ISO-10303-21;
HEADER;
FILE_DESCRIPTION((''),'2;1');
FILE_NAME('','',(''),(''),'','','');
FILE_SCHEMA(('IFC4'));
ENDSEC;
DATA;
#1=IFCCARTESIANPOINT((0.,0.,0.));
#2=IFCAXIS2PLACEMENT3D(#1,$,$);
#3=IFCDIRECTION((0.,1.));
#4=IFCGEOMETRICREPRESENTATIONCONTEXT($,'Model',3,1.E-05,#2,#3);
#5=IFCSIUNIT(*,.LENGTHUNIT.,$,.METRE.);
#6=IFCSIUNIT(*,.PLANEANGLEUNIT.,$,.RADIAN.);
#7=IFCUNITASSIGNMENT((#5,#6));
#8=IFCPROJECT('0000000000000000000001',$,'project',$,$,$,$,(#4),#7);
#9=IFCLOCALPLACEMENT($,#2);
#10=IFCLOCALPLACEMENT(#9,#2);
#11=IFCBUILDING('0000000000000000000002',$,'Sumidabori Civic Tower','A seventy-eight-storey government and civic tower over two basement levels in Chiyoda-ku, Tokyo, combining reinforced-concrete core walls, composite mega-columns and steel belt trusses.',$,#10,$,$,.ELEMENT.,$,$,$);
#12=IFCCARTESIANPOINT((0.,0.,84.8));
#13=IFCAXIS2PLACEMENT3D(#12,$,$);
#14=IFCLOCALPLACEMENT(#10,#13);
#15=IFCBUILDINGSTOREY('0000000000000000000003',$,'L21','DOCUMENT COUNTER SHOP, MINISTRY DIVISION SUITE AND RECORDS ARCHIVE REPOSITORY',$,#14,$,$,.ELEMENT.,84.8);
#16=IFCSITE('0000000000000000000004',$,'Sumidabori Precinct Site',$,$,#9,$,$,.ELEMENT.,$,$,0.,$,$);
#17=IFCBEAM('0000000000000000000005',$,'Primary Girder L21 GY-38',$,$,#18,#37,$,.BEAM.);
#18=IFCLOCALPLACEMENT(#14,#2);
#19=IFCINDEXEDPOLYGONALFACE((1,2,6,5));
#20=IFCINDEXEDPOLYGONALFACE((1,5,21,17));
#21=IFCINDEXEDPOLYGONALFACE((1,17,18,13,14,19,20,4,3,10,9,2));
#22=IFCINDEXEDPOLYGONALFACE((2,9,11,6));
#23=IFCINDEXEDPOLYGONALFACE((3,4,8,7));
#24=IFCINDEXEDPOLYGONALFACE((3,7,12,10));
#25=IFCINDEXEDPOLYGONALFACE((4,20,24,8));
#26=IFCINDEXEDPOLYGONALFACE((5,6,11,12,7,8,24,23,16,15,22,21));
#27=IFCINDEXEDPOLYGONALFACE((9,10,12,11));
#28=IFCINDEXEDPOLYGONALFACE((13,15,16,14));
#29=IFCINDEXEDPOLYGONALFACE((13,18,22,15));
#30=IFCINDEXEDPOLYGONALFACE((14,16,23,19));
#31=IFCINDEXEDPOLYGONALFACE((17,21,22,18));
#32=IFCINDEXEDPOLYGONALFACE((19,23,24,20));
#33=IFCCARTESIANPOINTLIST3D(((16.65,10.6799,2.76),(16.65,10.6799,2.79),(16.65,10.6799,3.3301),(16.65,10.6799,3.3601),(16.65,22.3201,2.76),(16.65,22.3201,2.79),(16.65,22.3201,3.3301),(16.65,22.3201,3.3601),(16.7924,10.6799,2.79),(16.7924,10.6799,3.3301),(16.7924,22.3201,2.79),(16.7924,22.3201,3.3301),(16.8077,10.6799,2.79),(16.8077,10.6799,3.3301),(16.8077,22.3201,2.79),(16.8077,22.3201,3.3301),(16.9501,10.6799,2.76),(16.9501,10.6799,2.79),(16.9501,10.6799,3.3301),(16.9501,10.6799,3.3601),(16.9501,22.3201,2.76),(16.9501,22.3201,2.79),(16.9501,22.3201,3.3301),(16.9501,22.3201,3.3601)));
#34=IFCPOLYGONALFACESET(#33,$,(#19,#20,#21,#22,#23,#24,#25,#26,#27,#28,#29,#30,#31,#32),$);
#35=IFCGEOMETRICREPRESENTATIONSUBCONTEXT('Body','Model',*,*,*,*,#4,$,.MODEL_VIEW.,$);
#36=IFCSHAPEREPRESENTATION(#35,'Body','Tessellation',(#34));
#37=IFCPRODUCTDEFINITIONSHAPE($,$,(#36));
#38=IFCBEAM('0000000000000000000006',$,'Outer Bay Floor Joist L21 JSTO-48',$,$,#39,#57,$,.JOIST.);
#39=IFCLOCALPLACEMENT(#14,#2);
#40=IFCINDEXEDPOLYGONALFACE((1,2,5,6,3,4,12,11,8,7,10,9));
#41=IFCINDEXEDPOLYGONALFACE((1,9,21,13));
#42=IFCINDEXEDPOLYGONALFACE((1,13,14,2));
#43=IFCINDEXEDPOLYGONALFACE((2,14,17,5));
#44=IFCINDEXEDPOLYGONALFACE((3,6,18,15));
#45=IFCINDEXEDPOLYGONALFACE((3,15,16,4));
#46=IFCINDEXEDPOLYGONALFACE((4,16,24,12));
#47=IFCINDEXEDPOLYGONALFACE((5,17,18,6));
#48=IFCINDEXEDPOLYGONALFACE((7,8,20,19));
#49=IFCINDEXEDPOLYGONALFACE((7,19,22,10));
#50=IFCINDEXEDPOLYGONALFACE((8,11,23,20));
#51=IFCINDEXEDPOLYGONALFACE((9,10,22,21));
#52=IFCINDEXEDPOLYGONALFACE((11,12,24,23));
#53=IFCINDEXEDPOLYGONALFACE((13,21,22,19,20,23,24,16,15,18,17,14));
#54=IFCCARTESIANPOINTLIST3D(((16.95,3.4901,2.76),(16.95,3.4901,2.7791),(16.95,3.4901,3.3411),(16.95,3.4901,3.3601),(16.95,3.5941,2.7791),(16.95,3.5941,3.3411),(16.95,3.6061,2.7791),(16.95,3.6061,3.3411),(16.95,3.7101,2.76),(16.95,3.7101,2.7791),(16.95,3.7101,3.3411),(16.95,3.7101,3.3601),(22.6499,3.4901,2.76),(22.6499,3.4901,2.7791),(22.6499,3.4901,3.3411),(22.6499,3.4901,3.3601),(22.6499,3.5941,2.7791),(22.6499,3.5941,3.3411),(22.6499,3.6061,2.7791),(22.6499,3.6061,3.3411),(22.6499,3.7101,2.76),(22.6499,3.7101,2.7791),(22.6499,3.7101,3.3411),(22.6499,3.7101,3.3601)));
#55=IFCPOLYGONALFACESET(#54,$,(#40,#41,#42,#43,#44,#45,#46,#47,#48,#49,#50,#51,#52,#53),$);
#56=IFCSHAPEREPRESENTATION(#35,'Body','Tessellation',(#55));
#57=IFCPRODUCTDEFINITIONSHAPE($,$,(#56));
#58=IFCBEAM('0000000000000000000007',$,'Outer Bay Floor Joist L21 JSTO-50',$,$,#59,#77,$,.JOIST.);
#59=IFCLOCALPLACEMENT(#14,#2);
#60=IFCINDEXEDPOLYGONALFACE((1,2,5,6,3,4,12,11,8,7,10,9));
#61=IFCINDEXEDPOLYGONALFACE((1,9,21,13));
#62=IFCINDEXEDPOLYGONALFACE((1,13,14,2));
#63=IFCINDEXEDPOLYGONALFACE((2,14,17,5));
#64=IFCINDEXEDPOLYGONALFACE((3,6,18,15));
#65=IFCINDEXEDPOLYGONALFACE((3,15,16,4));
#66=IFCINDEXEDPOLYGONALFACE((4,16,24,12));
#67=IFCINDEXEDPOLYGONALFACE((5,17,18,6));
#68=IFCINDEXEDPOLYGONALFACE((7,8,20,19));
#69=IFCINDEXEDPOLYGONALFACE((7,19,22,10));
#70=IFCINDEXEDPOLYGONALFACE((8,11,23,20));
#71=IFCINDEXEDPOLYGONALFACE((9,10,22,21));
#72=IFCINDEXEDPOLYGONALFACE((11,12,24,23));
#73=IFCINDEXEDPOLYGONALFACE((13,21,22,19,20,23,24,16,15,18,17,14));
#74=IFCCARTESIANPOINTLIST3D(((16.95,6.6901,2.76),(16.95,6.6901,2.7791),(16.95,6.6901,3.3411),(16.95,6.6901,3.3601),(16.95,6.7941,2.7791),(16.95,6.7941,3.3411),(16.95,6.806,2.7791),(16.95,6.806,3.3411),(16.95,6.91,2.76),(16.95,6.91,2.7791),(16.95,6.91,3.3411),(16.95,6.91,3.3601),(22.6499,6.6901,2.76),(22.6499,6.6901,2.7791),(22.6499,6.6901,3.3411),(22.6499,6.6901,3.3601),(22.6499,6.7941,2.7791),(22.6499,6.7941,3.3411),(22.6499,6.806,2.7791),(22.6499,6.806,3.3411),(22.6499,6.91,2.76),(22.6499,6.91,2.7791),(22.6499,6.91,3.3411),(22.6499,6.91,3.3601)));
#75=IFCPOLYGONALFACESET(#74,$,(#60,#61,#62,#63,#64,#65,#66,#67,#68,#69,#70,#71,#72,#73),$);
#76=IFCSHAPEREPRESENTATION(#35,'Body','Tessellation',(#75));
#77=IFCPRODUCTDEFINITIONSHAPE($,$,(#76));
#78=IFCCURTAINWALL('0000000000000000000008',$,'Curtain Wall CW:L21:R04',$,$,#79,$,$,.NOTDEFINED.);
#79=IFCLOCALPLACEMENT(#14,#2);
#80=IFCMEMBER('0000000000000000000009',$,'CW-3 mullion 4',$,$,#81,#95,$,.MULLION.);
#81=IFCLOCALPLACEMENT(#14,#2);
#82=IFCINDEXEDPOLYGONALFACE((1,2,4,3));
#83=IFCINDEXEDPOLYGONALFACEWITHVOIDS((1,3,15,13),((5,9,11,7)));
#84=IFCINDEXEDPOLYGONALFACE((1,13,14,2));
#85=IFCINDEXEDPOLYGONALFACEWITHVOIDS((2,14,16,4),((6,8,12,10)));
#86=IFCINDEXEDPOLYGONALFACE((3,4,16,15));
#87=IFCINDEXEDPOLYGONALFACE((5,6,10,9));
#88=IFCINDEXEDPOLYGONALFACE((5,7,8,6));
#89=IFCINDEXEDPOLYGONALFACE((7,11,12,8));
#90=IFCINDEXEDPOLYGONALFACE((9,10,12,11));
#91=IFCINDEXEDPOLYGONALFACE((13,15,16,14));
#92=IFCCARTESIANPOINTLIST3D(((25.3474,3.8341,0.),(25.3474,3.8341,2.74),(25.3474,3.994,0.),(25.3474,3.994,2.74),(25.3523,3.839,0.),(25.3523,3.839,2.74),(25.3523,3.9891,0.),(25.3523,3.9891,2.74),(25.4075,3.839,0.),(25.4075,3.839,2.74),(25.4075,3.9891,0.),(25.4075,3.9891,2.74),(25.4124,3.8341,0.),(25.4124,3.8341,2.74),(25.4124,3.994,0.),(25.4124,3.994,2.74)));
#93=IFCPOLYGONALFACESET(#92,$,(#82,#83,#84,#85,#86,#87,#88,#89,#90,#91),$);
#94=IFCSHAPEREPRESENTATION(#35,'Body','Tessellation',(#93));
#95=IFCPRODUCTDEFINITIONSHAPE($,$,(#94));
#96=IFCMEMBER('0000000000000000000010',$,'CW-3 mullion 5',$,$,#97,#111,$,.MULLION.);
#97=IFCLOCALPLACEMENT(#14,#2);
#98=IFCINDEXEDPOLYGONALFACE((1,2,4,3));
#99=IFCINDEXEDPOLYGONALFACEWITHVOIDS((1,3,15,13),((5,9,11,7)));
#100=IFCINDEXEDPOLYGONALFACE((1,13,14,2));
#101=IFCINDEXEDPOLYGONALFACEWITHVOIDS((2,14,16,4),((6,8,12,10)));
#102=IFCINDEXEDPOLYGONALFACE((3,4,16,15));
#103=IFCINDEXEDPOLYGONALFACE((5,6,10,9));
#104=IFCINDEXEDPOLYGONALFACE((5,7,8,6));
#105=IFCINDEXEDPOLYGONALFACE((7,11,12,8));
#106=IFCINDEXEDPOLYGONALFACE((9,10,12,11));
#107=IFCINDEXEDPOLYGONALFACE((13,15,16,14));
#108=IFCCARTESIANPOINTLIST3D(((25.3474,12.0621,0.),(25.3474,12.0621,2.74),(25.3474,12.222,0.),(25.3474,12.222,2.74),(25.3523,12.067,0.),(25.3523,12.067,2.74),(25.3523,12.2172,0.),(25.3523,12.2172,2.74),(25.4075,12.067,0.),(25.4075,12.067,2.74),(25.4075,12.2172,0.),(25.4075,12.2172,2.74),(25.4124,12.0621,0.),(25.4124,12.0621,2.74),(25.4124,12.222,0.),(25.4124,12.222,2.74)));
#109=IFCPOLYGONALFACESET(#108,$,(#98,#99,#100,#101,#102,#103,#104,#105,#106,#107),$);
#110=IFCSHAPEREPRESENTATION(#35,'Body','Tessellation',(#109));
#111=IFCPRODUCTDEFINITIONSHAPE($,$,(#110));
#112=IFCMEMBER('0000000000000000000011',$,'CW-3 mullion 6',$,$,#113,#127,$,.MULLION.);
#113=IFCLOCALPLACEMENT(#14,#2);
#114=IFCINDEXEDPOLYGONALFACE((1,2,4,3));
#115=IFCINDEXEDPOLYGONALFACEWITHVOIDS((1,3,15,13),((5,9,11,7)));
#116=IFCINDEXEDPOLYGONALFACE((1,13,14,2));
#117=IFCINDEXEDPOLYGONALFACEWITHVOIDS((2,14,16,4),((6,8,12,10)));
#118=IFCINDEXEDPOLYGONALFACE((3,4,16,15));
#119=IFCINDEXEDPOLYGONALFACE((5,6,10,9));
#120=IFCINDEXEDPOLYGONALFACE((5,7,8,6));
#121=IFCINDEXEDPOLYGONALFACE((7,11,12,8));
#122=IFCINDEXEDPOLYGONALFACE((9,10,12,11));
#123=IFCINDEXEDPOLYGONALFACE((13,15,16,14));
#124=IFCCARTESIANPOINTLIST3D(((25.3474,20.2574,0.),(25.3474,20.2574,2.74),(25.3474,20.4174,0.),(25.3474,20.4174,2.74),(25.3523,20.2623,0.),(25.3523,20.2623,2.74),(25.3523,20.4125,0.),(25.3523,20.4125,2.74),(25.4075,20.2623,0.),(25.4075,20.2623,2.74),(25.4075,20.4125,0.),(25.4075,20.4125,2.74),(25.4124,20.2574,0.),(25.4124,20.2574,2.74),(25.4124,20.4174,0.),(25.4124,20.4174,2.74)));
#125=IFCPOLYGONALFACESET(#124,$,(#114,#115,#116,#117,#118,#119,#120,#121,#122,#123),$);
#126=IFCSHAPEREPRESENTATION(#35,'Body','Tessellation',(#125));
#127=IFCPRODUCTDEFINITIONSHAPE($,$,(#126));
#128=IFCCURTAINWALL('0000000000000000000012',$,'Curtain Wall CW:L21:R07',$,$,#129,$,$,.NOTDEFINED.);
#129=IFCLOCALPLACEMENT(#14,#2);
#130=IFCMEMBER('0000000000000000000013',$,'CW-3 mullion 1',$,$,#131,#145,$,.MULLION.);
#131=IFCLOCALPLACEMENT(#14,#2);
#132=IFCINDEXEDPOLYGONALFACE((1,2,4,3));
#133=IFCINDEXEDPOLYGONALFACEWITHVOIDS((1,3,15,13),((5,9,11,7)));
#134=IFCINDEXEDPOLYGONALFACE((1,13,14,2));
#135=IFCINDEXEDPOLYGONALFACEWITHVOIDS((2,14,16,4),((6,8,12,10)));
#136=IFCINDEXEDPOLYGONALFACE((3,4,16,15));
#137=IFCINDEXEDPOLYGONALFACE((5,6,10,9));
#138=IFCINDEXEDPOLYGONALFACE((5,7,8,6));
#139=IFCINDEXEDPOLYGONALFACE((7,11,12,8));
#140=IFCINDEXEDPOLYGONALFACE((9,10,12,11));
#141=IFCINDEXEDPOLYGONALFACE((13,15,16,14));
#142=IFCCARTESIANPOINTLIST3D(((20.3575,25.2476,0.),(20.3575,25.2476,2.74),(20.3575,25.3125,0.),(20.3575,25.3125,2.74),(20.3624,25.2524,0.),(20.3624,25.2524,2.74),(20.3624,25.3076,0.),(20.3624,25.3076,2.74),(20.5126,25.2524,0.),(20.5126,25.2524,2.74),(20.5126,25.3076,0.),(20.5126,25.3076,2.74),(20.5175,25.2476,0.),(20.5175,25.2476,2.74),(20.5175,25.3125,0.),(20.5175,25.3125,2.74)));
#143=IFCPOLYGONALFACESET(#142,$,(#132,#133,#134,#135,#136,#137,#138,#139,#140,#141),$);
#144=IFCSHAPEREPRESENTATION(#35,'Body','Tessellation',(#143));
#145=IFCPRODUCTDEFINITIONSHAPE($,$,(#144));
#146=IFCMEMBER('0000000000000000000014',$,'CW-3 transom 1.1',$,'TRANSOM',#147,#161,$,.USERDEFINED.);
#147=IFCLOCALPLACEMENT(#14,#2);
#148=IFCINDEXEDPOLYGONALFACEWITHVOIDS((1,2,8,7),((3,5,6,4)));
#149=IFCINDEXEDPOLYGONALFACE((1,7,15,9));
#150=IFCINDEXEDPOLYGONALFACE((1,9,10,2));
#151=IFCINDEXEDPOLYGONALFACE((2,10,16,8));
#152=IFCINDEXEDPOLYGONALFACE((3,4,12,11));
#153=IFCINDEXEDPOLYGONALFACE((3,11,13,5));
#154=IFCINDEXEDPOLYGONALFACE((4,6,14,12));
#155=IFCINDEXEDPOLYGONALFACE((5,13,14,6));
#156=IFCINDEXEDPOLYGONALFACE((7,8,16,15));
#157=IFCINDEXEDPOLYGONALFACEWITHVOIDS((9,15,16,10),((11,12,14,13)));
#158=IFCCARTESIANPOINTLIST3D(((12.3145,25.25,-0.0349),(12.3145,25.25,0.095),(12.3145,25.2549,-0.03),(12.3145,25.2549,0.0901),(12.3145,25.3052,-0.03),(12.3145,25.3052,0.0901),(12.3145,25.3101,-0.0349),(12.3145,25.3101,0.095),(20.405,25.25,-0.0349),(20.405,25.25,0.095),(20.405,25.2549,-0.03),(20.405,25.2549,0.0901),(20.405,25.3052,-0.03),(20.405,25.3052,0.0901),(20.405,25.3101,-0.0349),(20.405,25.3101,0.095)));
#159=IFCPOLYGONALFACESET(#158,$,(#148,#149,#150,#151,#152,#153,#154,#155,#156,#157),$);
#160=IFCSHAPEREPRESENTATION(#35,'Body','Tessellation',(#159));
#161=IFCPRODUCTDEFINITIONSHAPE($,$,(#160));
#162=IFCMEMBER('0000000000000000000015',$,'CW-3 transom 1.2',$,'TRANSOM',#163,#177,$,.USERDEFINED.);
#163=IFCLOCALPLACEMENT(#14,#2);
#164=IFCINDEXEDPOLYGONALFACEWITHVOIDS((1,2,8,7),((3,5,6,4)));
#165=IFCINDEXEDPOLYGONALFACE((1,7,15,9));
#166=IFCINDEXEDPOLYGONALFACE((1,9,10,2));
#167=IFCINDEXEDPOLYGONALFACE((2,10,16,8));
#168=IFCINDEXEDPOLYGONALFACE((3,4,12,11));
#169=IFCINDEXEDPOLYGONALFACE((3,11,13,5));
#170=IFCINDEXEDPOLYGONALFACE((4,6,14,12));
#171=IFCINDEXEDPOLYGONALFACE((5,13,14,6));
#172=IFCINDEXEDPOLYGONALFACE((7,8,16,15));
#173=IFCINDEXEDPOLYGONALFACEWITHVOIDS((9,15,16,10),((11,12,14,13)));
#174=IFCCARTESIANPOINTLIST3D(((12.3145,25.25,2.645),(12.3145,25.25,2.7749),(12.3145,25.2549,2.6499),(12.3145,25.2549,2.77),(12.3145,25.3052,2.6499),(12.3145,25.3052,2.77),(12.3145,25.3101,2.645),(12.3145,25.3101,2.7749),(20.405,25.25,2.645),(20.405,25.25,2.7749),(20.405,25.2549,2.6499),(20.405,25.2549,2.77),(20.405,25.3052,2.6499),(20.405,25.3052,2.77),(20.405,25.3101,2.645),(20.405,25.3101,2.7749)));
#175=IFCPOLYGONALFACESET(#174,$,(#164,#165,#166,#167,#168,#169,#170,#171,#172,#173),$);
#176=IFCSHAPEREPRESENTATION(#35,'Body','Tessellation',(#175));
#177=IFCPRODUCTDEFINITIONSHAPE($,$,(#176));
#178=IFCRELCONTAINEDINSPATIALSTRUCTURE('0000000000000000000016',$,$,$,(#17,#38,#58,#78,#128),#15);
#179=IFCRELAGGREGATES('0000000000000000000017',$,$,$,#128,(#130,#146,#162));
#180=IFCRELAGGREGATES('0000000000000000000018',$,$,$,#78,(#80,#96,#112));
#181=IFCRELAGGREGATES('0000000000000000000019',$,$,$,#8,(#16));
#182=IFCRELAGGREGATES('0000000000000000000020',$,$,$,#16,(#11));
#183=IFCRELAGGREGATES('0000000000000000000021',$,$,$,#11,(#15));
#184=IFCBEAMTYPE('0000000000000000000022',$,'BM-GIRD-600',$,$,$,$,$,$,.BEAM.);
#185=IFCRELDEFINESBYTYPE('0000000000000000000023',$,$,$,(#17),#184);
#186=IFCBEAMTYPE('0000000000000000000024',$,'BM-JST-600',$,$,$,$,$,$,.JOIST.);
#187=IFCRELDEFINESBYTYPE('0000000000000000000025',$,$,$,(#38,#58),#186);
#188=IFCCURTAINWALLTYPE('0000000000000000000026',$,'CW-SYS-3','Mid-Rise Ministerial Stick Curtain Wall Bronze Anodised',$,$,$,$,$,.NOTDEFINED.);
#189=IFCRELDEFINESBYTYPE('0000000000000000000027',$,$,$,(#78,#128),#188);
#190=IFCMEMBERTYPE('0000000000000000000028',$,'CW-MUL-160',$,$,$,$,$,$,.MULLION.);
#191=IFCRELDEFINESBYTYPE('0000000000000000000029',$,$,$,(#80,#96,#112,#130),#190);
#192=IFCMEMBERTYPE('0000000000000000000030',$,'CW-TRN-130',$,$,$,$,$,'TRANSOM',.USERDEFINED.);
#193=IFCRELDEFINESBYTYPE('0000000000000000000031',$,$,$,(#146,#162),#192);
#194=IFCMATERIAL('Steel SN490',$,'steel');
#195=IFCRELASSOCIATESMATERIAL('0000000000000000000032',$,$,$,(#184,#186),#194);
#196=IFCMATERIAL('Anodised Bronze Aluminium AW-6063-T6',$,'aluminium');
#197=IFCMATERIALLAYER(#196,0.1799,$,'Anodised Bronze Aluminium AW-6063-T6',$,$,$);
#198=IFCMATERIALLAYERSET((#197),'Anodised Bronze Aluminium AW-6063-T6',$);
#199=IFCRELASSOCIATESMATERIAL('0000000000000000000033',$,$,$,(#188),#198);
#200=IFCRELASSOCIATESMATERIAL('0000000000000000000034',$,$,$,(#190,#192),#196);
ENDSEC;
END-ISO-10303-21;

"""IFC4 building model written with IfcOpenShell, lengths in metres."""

from ifc_helpers import new_model, si_unit, direction, frame, origin, origin_2d, place, context, subcontext, project, spatial, hollow_rectangle, i_section, extrude, source, transform, mapped, material, layer, layer_set, material_profile, profile_set, type_object, element, aggregate, save


model = new_model("IFC4")

# Units and contexts
model_context = context("Model", 3, precision=1e-05, world=origin(), true_north=direction((0.0, 1.0)))
body_context = subcontext(model_context, "Body", "Model", "MODEL_VIEW")
ifc_project = project(units=[si_unit("LENGTHUNIT", "METRE"), si_unit("PLANEANGLEUNIT", "RADIAN")], contexts=[model_context])

# Site, building, storey
site_placement = place(None, origin())
site = spatial("IfcSite", under=ifc_project, at=site_placement, Name="Sumidabori Precinct Site", CompositionType="ELEMENT", RefElevation=0.0)
building_placement = place(site_placement, origin())
building = spatial("IfcBuilding", under=site, at=building_placement, Name="Sumidabori Civic Tower", Description="A seventy-eight-storey government and civic tower over two basement levels in Chiyoda-ku, Tokyo, combining reinforced-concrete core walls, composite mega-columns and steel belt trusses.", CompositionType="ELEMENT")
storey_placement = place(building_placement, frame((0.0, 0.0, 84.8)))
storey = spatial("IfcBuildingStorey", under=building, at=storey_placement, Name="L21", Description="DOCUMENT COUNTER SHOP, MINISTRY DIVISION SUITE AND RECORDS ARCHIVE REPOSITORY", CompositionType="ELEMENT", Elevation=84.8)

# Beams
ifc_material_1 = material(Name="Steel SN490", Category="steel")
ifc_material_profile_1 = material_profile(ifc_material_1, i_section(OverallWidth=0.3, OverallDepth=0.6001, WebThickness=0.0154, FlangeThickness=0.03, at=origin_2d()), Name="HE 600 B")
ifc_profile_set_1 = profile_set([ifc_material_profile_1], Name="Steel SN490")
beam_type_1 = type_object("IfcBeamType", Name="BM-GIRD-600", PredefinedType="BEAM", material=ifc_profile_set_1)
shared_shape_1 = source(origin(), body_context, "Body", "SweptSolid", [
    extrude(i_section(OverallWidth=0.3, OverallDepth=0.6001, WebThickness=0.0154, FlangeThickness=0.03, at=origin_2d()), origin(), (0.0, 0.0, 1.0), 11.6401),
])
beam_1_placement = place(storey_placement, frame((16.8, 10.6799, 3.0601), z_axis=(0.0, 1.0, 0.0), x_axis=(-1.0, 0.0, 0.0)))
element("IfcBeam", 1, at=beam_1_placement, inside=storey, type_object=beam_type_1, Name="Primary Girder L21 GY-38", PredefinedType="BEAM", context=body_context, shape_type="MappedRepresentation", body=[
    mapped(shared_shape_1, transform((0.0, 0.0, 0.0), x_axis=(1.0, 0.0, 0.0), y_axis=(0.0, 1.0, 0.0), z_axis=(0.0, 0.0, 1.0), scale=1.0)),
])
ifc_material_profile_2 = material_profile(ifc_material_1, i_section(OverallWidth=0.22, OverallDepth=0.6001, WebThickness=0.012, FlangeThickness=0.019, at=origin_2d()), Name="IPE 600")
ifc_profile_set_2 = profile_set([ifc_material_profile_2], Name="Steel SN490")
beam_type_2 = type_object("IfcBeamType", Name="BM-JST-600", PredefinedType="JOIST", material=ifc_profile_set_2)
shared_shape_2 = source(origin(), body_context, "Body", "SweptSolid", [
    extrude(i_section(OverallWidth=0.22, OverallDepth=0.6001, WebThickness=0.012, FlangeThickness=0.019, at=origin_2d()), origin(), (0.0, 0.0, 1.0), 5.7),
])
for number, where, z_axis, x_axis, name in (
    (2, (16.95, 3.6001, 3.0601), (1.0, 0.0, 0.0), (0.0, 1.0, 0.0), "Outer Bay Floor Joist L21 JSTO-48"),
    (3, (16.95, 6.8, 3.0601), (1.0, 0.0, 0.0), (0.0, 1.0, 0.0), "Outer Bay Floor Joist L21 JSTO-50"),
):
    element("IfcBeam", number, at=place(storey_placement, frame(where, z_axis=z_axis, x_axis=x_axis)), inside=storey, type_object=beam_type_2, Name=name, PredefinedType="JOIST", context=body_context, shape_type="MappedRepresentation", body=[
        mapped(shared_shape_2, transform((0.0, 0.0, 0.0), x_axis=(1.0, 0.0, 0.0), y_axis=(0.0, 1.0, 0.0), z_axis=(0.0, 0.0, 1.0), scale=1.0)),
    ])

# Curtain walls, members
ifc_material_2 = material(Name="Anodised Bronze Aluminium AW-6063-T6", Category="aluminium")
ifc_layer_1 = layer(ifc_material_2, 0.1799, Name="Anodised Bronze Aluminium AW-6063-T6")
ifc_layer_set_1 = layer_set([ifc_layer_1], Name="Anodised Bronze Aluminium AW-6063-T6")
curtain_wall_type = type_object("IfcCurtainWallType", Name="CW-SYS-3", Description="Mid-Rise Ministerial Stick Curtain Wall Bronze Anodised", PredefinedType="NOTDEFINED", material=ifc_layer_set_1)
curtain_wall_1_placement = place(storey_placement, origin())
curtain_wall_1 = element("IfcCurtainWall", 4, at=curtain_wall_1_placement, inside=storey, type_object=curtain_wall_type, Name="Curtain Wall CW:L21:R04", PredefinedType="NOTDEFINED")
ifc_material_profile_3 = material_profile(ifc_material_2, hollow_rectangle(XDim=0.0649, YDim=0.1599, WallThickness=0.0049, at=origin_2d()), Name="ALU MULLION 160x65")
ifc_profile_set_3 = profile_set([ifc_material_profile_3], Name="Anodised Bronze Aluminium AW-6063-T6")
member_type_1 = type_object("IfcMemberType", Name="CW-MUL-160", PredefinedType="MULLION", material=ifc_profile_set_3)
shared_shape_3 = source(origin(), body_context, "Body", "SweptSolid", [
    extrude(hollow_rectangle(XDim=0.0649, YDim=0.1599, WallThickness=0.0049, at=origin_2d()), origin(), (0.0, 0.0, 1.0), 2.74),
])
member_1_placement = place(storey_placement, frame((25.3799, 3.9141, 0.0), z_axis=(0.0, 0.0, 1.0), x_axis=(-1.0, 0.0, 0.0)))
member_1 = element("IfcMember", 5, at=member_1_placement, type_object=member_type_1, Name="CW-3 mullion 4", PredefinedType="MULLION", context=body_context, shape_type="MappedRepresentation", body=[
    mapped(shared_shape_3, transform((0.0, 0.0, 0.0), x_axis=(1.0, 0.0, 0.0), y_axis=(0.0, 1.0, 0.0), z_axis=(0.0, 0.0, 1.0), scale=1.0)),
])
member_2_placement = place(storey_placement, frame((25.3799, 12.1421, 0.0), z_axis=(0.0, 0.0, 1.0), x_axis=(-1.0, 0.0, 0.0)))
member_2 = element("IfcMember", 6, at=member_2_placement, type_object=member_type_1, Name="CW-3 mullion 5", PredefinedType="MULLION", context=body_context, shape_type="MappedRepresentation", body=[
    mapped(shared_shape_3, transform((0.0, 0.0, 0.0), x_axis=(1.0, 0.0, 0.0), y_axis=(0.0, 1.0, 0.0), z_axis=(0.0, 0.0, 1.0), scale=1.0)),
])
member_3_placement = place(storey_placement, frame((25.3799, 20.3374, 0.0), z_axis=(0.0, 0.0, 1.0), x_axis=(-1.0, 0.0, 0.0)))
member_3 = element("IfcMember", 7, at=member_3_placement, type_object=member_type_1, Name="CW-3 mullion 6", PredefinedType="MULLION", context=body_context, shape_type="MappedRepresentation", body=[
    mapped(shared_shape_3, transform((0.0, 0.0, 0.0), x_axis=(1.0, 0.0, 0.0), y_axis=(0.0, 1.0, 0.0), z_axis=(0.0, 0.0, 1.0), scale=1.0)),
])
curtain_wall_2_placement = place(storey_placement, origin())
curtain_wall_2 = element("IfcCurtainWall", 8, at=curtain_wall_2_placement, inside=storey, type_object=curtain_wall_type, Name="Curtain Wall CW:L21:R07", PredefinedType="NOTDEFINED")
member_4_placement = place(storey_placement, frame((20.4375, 25.28, 0.0), z_axis=(0.0, 0.0, 1.0), x_axis=(0.0, -1.0, 0.0)))
member_4 = element("IfcMember", 9, at=member_4_placement, type_object=member_type_1, Name="CW-3 mullion 1", PredefinedType="MULLION", context=body_context, shape_type="MappedRepresentation", body=[
    mapped(shared_shape_3, transform((0.0, 0.0, 0.0), x_axis=(1.0, 0.0, 0.0), y_axis=(0.0, 1.0, 0.0), z_axis=(0.0, 0.0, 1.0), scale=1.0)),
])
ifc_material_profile_4 = material_profile(ifc_material_2, hollow_rectangle(XDim=0.0601, YDim=0.1299, WallThickness=0.0049, at=origin_2d()), Name="ALU TRANSOM 130x60")
ifc_profile_set_4 = profile_set([ifc_material_profile_4], Name="Anodised Bronze Aluminium AW-6063-T6")
member_type_2 = type_object("IfcMemberType", Name="CW-TRN-130", ElementType="TRANSOM", PredefinedType="USERDEFINED", material=ifc_profile_set_4)
shared_shape_4 = source(origin(), body_context, "Body", "SweptSolid", [
    extrude(hollow_rectangle(XDim=0.0601, YDim=0.1299, WallThickness=0.0049, at=origin_2d()), origin(), (0.0, 0.0, 1.0), 8.0906),
])
member_5_placement = place(storey_placement, frame((20.405, 25.28, 0.03), z_axis=(-1.0, 0.0, 0.0), x_axis=(0.0, -1.0, 0.0)))
member_5 = element("IfcMember", 10, at=member_5_placement, type_object=member_type_2, Name="CW-3 transom 1.1", ObjectType="TRANSOM", PredefinedType="USERDEFINED", context=body_context, shape_type="MappedRepresentation", body=[
    mapped(shared_shape_4, transform((0.0, 0.0, 0.0), x_axis=(1.0, 0.0, 0.0), y_axis=(0.0, 1.0, 0.0), z_axis=(0.0, 0.0, 1.0), scale=1.0)),
])
member_6_placement = place(storey_placement, frame((20.405, 25.28, 2.71), z_axis=(-1.0, 0.0, 0.0), x_axis=(0.0, -1.0, 0.0)))
member_6 = element("IfcMember", 11, at=member_6_placement, type_object=member_type_2, Name="CW-3 transom 1.2", ObjectType="TRANSOM", PredefinedType="USERDEFINED", context=body_context, shape_type="MappedRepresentation", body=[
    mapped(shared_shape_4, transform((0.0, 0.0, 0.0), x_axis=(1.0, 0.0, 0.0), y_axis=(0.0, 1.0, 0.0), z_axis=(0.0, 0.0, 1.0), scale=1.0)),
])

aggregate(curtain_wall_2, [member_4, member_5, member_6])
aggregate(curtain_wall_1, [member_1, member_2, member_3])

save(model, "model.ifc")
